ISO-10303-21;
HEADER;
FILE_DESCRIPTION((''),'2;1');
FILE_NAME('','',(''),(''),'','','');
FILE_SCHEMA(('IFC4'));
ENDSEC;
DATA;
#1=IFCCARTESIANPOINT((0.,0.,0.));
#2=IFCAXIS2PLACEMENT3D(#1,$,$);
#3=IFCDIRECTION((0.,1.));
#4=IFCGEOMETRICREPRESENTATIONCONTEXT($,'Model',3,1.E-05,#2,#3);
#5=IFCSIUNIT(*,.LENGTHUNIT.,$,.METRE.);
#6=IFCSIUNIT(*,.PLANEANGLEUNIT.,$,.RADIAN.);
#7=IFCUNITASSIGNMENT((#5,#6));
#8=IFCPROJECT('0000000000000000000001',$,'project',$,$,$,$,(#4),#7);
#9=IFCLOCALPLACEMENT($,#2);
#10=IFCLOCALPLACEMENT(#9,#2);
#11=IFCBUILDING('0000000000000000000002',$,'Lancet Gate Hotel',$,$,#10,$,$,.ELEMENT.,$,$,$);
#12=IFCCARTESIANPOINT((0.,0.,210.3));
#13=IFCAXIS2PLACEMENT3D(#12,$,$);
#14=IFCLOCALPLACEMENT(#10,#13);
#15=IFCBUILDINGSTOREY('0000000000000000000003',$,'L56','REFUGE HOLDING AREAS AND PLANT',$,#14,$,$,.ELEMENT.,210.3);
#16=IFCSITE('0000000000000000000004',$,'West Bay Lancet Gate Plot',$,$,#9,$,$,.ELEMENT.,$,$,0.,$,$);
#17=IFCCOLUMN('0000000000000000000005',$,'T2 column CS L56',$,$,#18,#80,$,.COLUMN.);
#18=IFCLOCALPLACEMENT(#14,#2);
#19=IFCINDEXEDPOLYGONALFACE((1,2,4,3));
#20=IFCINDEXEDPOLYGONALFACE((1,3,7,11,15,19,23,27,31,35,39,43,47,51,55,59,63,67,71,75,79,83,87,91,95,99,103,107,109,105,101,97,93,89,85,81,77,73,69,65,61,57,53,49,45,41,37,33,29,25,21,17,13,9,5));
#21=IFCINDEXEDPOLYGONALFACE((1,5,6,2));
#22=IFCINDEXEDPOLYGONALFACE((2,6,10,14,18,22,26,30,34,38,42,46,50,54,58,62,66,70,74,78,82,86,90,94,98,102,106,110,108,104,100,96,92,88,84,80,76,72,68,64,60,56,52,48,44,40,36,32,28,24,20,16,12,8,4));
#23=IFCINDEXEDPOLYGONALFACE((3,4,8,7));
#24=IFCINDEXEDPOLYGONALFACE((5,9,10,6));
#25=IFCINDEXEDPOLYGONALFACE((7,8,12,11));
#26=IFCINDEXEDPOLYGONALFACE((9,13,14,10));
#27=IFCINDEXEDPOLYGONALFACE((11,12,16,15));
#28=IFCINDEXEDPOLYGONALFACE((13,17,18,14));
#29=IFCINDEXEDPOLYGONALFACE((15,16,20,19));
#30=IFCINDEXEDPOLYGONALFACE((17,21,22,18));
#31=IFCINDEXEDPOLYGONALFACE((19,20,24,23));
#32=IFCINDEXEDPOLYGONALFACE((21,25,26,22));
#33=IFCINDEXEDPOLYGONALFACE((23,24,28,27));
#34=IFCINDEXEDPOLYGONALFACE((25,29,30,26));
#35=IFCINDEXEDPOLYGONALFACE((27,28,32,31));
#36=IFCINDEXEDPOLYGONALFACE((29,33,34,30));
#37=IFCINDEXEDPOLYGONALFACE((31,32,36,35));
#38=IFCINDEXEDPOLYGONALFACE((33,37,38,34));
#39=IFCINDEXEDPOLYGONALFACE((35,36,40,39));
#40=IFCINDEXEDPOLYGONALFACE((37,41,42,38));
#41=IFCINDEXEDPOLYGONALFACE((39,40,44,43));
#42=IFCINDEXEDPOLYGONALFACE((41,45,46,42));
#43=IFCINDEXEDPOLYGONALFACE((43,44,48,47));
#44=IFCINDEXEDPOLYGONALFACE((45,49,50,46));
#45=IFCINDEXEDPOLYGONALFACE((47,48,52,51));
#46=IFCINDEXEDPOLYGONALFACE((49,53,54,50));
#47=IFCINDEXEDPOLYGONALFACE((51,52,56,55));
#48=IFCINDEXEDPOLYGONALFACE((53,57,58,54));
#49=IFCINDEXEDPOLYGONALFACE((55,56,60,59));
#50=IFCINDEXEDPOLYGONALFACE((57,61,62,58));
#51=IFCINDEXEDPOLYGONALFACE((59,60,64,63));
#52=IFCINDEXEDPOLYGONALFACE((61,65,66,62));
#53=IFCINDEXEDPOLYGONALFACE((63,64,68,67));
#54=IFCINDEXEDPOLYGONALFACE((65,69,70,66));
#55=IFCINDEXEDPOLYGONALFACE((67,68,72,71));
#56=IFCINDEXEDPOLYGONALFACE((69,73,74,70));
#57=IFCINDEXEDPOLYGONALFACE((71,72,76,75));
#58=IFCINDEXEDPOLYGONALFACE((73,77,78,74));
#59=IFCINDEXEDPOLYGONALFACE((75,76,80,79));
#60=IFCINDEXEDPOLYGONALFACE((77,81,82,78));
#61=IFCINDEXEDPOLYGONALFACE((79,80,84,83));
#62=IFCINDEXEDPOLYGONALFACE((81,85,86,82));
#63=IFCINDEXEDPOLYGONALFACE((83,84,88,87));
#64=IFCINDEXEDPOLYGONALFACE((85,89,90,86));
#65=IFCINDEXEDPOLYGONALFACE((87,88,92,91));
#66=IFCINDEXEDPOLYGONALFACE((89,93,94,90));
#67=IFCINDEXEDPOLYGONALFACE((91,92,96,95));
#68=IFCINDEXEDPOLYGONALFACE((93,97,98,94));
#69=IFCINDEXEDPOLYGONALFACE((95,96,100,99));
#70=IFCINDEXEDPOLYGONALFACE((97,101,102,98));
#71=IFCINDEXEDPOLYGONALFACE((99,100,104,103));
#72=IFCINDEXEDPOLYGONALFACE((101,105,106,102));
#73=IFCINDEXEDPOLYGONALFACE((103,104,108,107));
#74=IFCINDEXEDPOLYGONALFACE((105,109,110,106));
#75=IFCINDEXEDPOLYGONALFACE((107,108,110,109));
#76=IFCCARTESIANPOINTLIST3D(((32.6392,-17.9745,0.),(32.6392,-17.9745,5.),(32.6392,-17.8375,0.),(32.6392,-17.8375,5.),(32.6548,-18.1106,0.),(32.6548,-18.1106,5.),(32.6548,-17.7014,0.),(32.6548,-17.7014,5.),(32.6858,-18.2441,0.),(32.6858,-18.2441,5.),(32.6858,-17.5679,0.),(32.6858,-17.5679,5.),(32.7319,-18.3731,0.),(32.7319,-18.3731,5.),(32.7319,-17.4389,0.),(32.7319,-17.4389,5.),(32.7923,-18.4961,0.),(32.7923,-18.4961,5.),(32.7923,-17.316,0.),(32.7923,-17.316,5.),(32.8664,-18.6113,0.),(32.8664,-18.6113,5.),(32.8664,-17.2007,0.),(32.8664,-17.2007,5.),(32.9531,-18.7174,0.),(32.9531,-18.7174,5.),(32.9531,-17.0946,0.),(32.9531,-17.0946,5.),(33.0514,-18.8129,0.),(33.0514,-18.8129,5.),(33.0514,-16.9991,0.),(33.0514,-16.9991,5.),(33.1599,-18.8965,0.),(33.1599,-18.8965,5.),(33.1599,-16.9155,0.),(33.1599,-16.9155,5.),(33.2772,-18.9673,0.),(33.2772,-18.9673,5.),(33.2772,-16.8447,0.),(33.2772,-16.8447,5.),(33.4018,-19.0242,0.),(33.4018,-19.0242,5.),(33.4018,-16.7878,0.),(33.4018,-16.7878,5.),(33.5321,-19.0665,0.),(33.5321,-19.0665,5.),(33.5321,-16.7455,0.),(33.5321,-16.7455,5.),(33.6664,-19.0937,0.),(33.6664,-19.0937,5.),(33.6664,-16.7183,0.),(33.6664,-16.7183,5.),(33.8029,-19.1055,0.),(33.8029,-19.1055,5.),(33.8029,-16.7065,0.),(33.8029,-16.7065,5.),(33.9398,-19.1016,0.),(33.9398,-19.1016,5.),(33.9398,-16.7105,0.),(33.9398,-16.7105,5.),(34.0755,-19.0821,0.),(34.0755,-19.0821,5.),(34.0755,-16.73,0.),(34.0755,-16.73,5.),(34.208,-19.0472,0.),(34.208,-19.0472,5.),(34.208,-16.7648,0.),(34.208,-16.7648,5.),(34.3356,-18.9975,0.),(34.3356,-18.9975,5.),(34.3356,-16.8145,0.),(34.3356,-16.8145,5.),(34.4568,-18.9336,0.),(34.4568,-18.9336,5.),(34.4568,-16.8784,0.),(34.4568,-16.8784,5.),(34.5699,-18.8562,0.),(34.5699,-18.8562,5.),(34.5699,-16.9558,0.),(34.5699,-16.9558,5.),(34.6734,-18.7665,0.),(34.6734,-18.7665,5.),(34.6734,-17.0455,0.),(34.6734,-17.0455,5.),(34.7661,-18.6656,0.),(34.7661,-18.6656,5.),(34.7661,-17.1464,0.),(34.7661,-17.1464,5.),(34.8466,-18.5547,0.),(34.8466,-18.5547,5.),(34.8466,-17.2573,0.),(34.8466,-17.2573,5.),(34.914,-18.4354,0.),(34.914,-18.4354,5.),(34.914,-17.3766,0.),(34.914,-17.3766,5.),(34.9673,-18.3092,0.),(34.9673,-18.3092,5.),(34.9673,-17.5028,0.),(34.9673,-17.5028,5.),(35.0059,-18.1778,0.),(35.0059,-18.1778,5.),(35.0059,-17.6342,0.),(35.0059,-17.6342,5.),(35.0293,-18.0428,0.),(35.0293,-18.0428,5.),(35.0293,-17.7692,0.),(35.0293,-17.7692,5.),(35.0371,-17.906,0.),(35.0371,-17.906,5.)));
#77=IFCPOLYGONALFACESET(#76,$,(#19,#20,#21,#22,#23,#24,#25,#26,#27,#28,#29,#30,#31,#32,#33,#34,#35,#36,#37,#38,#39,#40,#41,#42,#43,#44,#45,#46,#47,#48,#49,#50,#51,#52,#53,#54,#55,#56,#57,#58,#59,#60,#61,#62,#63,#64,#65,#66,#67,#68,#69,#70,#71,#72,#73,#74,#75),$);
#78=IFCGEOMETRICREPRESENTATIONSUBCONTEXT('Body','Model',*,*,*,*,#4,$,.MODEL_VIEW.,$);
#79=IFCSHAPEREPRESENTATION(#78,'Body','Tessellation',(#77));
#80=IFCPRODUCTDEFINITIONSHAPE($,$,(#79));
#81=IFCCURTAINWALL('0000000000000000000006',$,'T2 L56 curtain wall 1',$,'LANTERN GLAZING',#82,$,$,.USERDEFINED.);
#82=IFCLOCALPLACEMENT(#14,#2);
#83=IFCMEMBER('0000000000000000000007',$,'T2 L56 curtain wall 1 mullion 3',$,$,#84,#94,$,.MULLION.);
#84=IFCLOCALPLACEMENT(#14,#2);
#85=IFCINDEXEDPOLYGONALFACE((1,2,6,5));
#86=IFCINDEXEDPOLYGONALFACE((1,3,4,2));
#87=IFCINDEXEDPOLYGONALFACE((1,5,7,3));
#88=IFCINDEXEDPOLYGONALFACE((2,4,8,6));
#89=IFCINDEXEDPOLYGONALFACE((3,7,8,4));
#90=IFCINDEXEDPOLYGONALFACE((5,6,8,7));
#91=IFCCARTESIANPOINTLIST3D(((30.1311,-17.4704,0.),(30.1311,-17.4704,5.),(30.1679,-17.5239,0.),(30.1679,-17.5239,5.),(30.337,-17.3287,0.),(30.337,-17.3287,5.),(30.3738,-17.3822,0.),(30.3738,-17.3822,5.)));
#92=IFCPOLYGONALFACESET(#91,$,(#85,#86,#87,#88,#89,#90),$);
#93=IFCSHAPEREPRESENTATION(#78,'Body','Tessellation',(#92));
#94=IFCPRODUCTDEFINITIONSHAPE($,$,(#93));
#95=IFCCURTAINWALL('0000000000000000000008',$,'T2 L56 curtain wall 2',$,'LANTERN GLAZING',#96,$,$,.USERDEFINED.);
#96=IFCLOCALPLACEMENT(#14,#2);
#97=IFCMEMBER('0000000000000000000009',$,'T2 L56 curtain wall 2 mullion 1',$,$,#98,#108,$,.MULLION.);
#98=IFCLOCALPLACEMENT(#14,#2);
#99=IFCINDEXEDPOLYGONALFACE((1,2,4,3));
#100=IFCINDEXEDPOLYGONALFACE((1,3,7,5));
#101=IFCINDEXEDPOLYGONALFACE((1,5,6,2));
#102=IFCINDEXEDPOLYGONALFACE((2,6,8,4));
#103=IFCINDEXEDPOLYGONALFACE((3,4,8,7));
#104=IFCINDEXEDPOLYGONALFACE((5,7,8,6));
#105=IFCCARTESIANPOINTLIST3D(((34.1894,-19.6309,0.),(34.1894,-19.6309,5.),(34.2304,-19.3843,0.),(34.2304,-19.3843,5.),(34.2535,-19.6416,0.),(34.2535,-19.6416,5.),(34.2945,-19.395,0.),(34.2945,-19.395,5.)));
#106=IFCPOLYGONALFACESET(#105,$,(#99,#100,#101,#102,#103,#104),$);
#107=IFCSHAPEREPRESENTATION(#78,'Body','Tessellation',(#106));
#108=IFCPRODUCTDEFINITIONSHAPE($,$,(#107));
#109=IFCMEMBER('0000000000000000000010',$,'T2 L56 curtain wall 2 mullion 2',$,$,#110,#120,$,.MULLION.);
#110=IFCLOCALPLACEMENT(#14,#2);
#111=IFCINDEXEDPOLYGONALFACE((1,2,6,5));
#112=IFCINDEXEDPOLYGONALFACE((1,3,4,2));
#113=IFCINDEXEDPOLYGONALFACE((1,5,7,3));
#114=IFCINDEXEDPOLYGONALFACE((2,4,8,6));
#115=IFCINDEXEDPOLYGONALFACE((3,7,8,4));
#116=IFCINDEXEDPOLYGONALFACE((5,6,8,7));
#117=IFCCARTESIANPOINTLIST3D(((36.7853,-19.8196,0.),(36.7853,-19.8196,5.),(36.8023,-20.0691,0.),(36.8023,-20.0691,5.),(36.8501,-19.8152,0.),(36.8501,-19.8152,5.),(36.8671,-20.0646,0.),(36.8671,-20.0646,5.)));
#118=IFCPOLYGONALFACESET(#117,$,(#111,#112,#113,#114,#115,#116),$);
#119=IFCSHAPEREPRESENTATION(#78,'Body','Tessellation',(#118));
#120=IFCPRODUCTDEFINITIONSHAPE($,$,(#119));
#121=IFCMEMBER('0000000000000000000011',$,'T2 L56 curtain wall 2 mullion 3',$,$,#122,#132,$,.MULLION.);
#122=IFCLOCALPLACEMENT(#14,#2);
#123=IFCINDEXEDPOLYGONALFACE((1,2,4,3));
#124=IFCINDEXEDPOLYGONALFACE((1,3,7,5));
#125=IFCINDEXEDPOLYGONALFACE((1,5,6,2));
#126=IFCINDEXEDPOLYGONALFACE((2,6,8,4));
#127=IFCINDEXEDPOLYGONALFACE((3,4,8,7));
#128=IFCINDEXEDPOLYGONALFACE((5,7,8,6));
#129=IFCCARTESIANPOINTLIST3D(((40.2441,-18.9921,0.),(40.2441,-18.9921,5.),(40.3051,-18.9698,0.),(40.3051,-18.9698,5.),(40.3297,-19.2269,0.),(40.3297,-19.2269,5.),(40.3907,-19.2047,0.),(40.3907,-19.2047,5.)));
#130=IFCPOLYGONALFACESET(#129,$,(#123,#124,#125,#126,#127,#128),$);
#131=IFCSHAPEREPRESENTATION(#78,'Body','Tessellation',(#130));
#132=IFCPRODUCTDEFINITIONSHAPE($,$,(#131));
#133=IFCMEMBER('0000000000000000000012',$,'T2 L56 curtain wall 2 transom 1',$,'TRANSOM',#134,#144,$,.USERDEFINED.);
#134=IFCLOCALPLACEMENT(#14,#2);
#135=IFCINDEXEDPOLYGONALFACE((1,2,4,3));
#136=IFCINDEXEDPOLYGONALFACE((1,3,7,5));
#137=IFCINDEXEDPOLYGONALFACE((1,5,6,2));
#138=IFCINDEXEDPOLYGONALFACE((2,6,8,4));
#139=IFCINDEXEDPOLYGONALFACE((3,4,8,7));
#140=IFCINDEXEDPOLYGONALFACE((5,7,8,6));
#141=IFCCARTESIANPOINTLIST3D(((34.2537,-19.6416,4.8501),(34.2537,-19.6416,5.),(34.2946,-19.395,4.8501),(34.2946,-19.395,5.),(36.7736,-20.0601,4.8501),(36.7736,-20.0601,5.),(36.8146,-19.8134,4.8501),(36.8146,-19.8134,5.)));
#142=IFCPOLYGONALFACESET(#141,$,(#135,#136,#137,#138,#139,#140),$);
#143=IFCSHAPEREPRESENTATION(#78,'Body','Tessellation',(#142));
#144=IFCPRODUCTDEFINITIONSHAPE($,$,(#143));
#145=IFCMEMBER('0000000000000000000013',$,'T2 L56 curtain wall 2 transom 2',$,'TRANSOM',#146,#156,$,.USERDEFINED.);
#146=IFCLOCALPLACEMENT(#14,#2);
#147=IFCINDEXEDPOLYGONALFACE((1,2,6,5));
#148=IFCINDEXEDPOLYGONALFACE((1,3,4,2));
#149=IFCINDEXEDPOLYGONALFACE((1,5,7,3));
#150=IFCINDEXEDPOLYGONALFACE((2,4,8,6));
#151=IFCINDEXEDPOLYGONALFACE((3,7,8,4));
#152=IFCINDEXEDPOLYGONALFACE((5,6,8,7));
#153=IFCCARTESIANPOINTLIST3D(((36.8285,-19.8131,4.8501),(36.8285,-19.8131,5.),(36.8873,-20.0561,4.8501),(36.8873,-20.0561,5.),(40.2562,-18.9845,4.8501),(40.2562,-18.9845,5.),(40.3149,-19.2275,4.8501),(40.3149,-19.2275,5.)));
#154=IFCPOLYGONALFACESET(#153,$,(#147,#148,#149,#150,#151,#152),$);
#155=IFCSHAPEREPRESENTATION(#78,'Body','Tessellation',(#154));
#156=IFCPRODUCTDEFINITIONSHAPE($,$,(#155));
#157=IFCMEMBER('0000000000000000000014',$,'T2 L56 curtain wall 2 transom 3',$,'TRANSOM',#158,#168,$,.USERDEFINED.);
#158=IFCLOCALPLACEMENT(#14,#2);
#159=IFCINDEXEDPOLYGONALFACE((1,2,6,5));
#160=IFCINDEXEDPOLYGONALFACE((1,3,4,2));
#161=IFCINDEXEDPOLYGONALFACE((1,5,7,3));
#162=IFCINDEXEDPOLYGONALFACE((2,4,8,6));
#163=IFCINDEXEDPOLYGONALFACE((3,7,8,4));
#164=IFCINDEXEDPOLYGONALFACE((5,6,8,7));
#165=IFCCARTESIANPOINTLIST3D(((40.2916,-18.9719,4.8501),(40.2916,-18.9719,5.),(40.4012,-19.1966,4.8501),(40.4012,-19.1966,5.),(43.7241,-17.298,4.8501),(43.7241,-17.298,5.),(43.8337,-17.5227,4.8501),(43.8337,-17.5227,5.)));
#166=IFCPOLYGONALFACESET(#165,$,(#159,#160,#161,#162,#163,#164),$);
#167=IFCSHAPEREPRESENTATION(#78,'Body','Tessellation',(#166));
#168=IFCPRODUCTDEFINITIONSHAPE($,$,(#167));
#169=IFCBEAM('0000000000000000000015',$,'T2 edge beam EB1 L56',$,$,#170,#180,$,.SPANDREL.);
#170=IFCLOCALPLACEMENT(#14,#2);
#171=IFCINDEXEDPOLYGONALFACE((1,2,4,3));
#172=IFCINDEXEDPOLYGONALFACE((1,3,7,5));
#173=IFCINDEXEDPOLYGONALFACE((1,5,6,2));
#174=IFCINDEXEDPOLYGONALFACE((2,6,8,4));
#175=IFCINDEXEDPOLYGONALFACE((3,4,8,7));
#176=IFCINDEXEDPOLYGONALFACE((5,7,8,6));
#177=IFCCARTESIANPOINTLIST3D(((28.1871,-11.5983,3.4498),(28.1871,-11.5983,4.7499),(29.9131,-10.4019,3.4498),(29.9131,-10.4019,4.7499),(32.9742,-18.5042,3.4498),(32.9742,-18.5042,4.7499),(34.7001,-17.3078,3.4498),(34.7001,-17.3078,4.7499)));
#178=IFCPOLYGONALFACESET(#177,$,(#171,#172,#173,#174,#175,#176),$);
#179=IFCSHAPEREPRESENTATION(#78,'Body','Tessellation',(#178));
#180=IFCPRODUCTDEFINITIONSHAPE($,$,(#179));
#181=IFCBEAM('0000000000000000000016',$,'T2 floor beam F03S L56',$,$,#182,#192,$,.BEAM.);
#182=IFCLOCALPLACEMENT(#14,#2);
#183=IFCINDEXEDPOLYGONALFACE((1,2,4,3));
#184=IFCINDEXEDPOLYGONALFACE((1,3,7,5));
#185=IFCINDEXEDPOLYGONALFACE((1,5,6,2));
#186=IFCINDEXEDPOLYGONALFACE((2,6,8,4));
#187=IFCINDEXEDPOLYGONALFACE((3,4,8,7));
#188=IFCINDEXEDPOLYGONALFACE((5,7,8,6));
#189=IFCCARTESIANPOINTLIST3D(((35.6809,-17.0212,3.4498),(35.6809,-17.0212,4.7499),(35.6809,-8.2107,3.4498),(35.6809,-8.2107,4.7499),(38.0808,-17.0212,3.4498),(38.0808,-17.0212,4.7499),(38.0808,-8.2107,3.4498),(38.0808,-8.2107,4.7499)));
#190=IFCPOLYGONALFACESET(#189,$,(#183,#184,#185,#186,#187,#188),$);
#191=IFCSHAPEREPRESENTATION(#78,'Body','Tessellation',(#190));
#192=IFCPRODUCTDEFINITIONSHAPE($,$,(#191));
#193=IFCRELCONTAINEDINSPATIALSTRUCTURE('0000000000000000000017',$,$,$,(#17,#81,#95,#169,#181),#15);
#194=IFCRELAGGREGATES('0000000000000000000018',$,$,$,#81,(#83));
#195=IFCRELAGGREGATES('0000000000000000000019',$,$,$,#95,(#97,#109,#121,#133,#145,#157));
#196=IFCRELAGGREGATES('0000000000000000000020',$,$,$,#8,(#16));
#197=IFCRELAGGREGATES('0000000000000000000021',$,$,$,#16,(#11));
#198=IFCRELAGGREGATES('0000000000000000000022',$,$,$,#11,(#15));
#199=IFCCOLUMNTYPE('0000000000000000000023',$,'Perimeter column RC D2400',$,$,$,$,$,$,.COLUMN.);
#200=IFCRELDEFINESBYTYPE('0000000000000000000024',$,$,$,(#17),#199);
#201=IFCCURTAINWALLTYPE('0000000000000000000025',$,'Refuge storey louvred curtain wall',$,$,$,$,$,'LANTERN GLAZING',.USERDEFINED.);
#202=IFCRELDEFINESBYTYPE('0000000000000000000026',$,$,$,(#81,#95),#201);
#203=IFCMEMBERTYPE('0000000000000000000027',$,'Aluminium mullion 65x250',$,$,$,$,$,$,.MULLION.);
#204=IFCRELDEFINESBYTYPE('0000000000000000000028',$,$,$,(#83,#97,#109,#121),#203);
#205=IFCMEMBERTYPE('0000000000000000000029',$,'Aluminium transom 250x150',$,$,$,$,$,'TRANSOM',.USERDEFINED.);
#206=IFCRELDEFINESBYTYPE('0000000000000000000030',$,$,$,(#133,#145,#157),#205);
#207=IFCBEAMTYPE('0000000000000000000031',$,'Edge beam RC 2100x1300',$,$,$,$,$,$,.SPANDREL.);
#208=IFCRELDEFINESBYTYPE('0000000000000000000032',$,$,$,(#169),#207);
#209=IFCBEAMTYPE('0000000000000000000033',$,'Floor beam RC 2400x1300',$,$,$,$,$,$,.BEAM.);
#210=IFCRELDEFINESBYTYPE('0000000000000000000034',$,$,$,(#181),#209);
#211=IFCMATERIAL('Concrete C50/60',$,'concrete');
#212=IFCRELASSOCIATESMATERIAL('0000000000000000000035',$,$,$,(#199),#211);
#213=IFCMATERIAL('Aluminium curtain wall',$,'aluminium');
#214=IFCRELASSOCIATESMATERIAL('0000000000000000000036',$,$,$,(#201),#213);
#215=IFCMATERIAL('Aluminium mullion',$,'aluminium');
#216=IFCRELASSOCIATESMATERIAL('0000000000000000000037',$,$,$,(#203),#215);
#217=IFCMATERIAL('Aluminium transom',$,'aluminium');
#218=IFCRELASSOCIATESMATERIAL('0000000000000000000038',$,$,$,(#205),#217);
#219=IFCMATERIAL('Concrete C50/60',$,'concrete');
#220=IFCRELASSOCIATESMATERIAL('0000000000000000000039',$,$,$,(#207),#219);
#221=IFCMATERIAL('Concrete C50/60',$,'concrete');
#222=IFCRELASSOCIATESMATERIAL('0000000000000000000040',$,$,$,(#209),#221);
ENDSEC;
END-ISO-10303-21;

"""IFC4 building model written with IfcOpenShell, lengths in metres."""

from ifc_helpers import new_model, si_unit, direction, frame, origin, origin_2d, place, context, subcontext, project, spatial, rectangle, circle, extrude, material, material_profile, profile_set, type_object, element, aggregate, save


model = new_model("IFC4")

# Units and contexts
model_context = context("Model", 3, precision=1e-05, world=origin(), true_north=direction((0.0, 1.0)))
body_context = subcontext(model_context, "Body", "Model", "MODEL_VIEW")
ifc_project = project(units=[si_unit("LENGTHUNIT", "METRE"), si_unit("PLANEANGLEUNIT", "RADIAN")], contexts=[model_context])

# Site, building, storey
site_placement = place(None, origin())
site = spatial("IfcSite", under=ifc_project, at=site_placement, Name="West Bay Lancet Gate Plot", CompositionType="ELEMENT", RefElevation=0.0)
building_placement = place(site_placement, origin())
building = spatial("IfcBuilding", under=site, at=building_placement, Name="Lancet Gate Hotel", CompositionType="ELEMENT")
storey_placement = place(building_placement, frame((0.0, 0.0, 210.3)))
storey = spatial("IfcBuildingStorey", under=building, at=storey_placement, Name="L56", Description="REFUGE HOLDING AREAS AND PLANT", CompositionType="ELEMENT", Elevation=210.3)

# Column
ifc_material_1 = material(Name="Concrete C50/60", Category="concrete")
ifc_material_profile_1 = material_profile(ifc_material_1, circle(Radius=1.2, at=origin_2d()), Name="RC D2400")
ifc_profile_set_1 = profile_set([ifc_material_profile_1], Name="Concrete C50/60")
column_type = type_object("IfcColumnType", Name="Perimeter column RC D2400", PredefinedType="COLUMN", material=ifc_profile_set_1)
column_placement = place(storey_placement, frame((33.8372, -17.906, 0.0), z_axis=(0.0, 0.0, 1.0), x_axis=(1.0, 0.0, 0.0)))
element("IfcColumn", 1, at=column_placement, inside=storey, type_object=column_type, Name="T2 column CS L56", PredefinedType="COLUMN", context=body_context, shape_type="SweptSolid", body=[
    extrude(circle(Radius=1.2, at=origin_2d()), origin(), (0.0, 0.0, 1.0), 5.0),
])

# Curtain wall, member
ifc_material_2 = material(Name="Aluminium curtain wall", Category="aluminium")
curtain_wall_type = type_object("IfcCurtainWallType", Name="Refuge storey louvred curtain wall", ElementType="LANTERN GLAZING", PredefinedType="USERDEFINED", material=ifc_material_2)
curtain_wall_1_placement = place(storey_placement, origin())
curtain_wall_1 = element("IfcCurtainWall", 2, at=curtain_wall_1_placement, inside=storey, type_object=curtain_wall_type, Name="T2 L56 curtain wall 1", ObjectType="LANTERN GLAZING", PredefinedType="USERDEFINED")
ifc_material_3 = material(Name="Aluminium mullion", Category="aluminium")
ifc_material_profile_2 = material_profile(ifc_material_3, rectangle(XDim=0.0649, YDim=0.25, at=origin_2d()), Name="MULLION 65x250")
ifc_profile_set_2 = profile_set([ifc_material_profile_2], Name="Aluminium mullion")
member_type_1 = type_object("IfcMemberType", Name="Aluminium mullion 65x250", PredefinedType="MULLION", material=ifc_profile_set_2)
member_1_placement = place(storey_placement, frame((30.2524, -17.4263, 0.0), z_axis=(0.0, 0.0, 1.0), x_axis=(0.566824, -0.823839, 0.0)))
member_1 = element("IfcMember", 3, at=member_1_placement, type_object=member_type_1, Name="T2 L56 curtain wall 1 mullion 3", PredefinedType="MULLION", context=body_context, shape_type="SweptSolid", body=[
    extrude(rectangle(XDim=0.0649, YDim=0.25, at=origin_2d()), origin(), (0.0, 0.0, 1.0), 5.0),
])
aggregate(curtain_wall_1, [member_1])

# Curtain wall, members
curtain_wall_2_placement = place(storey_placement, origin())
curtain_wall_2 = element("IfcCurtainWall", 4, at=curtain_wall_2_placement, inside=storey, type_object=curtain_wall_type, Name="T2 L56 curtain wall 2", ObjectType="LANTERN GLAZING", PredefinedType="USERDEFINED")
member_2_placement = place(storey_placement, frame((34.2419, -19.5129, 0.0), z_axis=(0.0, 0.0, 1.0), x_axis=(0.98648, -0.163881, 0.0)))
member_2 = element("IfcMember", 5, at=member_2_placement, type_object=member_type_1, Name="T2 L56 curtain wall 2 mullion 1", PredefinedType="MULLION", context=body_context, shape_type="SweptSolid", body=[
    extrude(rectangle(XDim=0.0649, YDim=0.25, at=origin_2d()), origin(), (0.0, 0.0, 1.0), 5.0),
])
member_3_placement = place(storey_placement, frame((36.8262, -19.9421, 0.0), z_axis=(0.0, 0.0, 1.0), x_axis=(0.997681, 0.068059, 0.0)))
member_3 = element("IfcMember", 6, at=member_3_placement, type_object=member_type_1, Name="T2 L56 curtain wall 2 mullion 2", PredefinedType="MULLION", context=body_context, shape_type="SweptSolid", body=[
    extrude(rectangle(XDim=0.0649, YDim=0.25, at=origin_2d()), origin(), (0.0, 0.0, 1.0), 5.0),
])
member_4_placement = place(storey_placement, frame((40.3174, -19.0984, 0.0), z_axis=(0.0, 0.0, 1.0), x_axis=(0.939484, 0.342593, 0.0)))
member_4 = element("IfcMember", 7, at=member_4_placement, type_object=member_type_1, Name="T2 L56 curtain wall 2 mullion 3", PredefinedType="MULLION", context=body_context, shape_type="SweptSolid", body=[
    extrude(rectangle(XDim=0.0649, YDim=0.25, at=origin_2d()), origin(), (0.0, 0.0, 1.0), 5.0),
])
ifc_material_4 = material(Name="Aluminium transom", Category="aluminium")
ifc_material_profile_3 = material_profile(ifc_material_4, rectangle(XDim=0.25, YDim=0.1499, at=origin_2d()), Name="TRANSOM 250x150")
ifc_profile_set_3 = profile_set([ifc_material_profile_3], Name="Aluminium transom")
member_type_2 = type_object("IfcMemberType", Name="Aluminium transom 250x150", ElementType="TRANSOM", PredefinedType="USERDEFINED", material=ifc_profile_set_3)
member_5_placement = place(storey_placement, frame((34.2742, -19.5183, 4.925), z_axis=(0.986492, -0.16381, 0.0), x_axis=(0.16381, 0.986492, 0.0)))
member_5 = element("IfcMember", 8, at=member_5_placement, type_object=member_type_2, Name="T2 L56 curtain wall 2 transom 1", ObjectType="TRANSOM", PredefinedType="USERDEFINED", context=body_context, shape_type="SweptSolid", body=[
    extrude(rectangle(XDim=0.25, YDim=0.1499, at=origin_2d()), origin(), (0.0, 0.0, 1.0), 2.5544),
])
member_6_placement = place(storey_placement, frame((36.8579, -19.9346, 4.925), z_axis=(0.972003, 0.23497, 0.0), x_axis=(-0.23497, 0.972003, 0.0)))
member_6 = element("IfcMember", 9, at=member_6_placement, type_object=member_type_2, Name="T2 L56 curtain wall 2 transom 2", ObjectType="TRANSOM", PredefinedType="USERDEFINED", context=body_context, shape_type="SweptSolid", body=[
    extrude(rectangle(XDim=0.25, YDim=0.1499, at=origin_2d()), origin(), (0.0, 0.0, 1.0), 3.5264),
])
member_7_placement = place(storey_placement, frame((40.3464, -19.0842, 4.925), z_axis=(0.89882, 0.438318, 0.0), x_axis=(-0.438318, 0.89882, 0.0)))
member_7 = element("IfcMember", 10, at=member_7_placement, type_object=member_type_2, Name="T2 L56 curtain wall 2 transom 3", ObjectType="TRANSOM", PredefinedType="USERDEFINED", context=body_context, shape_type="SweptSolid", body=[
    extrude(rectangle(XDim=0.25, YDim=0.1499, at=origin_2d()), origin(), (0.0, 0.0, 1.0), 3.8188),
])

# Beams
ifc_material_5 = material(Name="Concrete C50/60", Category="concrete")
ifc_material_profile_4 = material_profile(ifc_material_5, rectangle(XDim=2.1001, YDim=1.3, at=origin_2d()), Name="RC 2100x1300")
ifc_profile_set_4 = profile_set([ifc_material_profile_4], Name="Concrete C50/60")
beam_type_1 = type_object("IfcBeamType", Name="Edge beam RC 2100x1300", PredefinedType="SPANDREL", material=ifc_profile_set_4)
beam_1_placement = place(storey_placement, frame((33.8372, -17.906, 4.0999), z_axis=(-0.569695, 0.821856, 0.0), x_axis=(-0.821856, -0.569695, 0.0)))
element("IfcBeam", 11, at=beam_1_placement, inside=storey, type_object=beam_type_1, Name="T2 edge beam EB1 L56", PredefinedType="SPANDREL", context=body_context, shape_type="SweptSolid", body=[
    extrude(rectangle(XDim=2.1001, YDim=1.3, at=origin_2d()), origin(), (0.0, 0.0, 1.0), 8.4028),
])
ifc_material_6 = material(Name="Concrete C50/60", Category="concrete")
ifc_material_profile_5 = material_profile(ifc_material_6, rectangle(XDim=2.3999, YDim=1.3, at=origin_2d()), Name="RC 2400x1300")
ifc_profile_set_5 = profile_set([ifc_material_profile_5], Name="Concrete C50/60")
beam_type_2 = type_object("IfcBeamType", Name="Floor beam RC 2400x1300", PredefinedType="BEAM", material=ifc_profile_set_5)
beam_2_placement = place(storey_placement, frame((36.8809, -17.0212, 4.0999), z_axis=(0.0, 1.0, 0.0), x_axis=(-1.0, 0.0, 0.0)))
element("IfcBeam", 12, at=beam_2_placement, inside=storey, type_object=beam_type_2, Name="T2 floor beam F03S L56", PredefinedType="BEAM", context=body_context, shape_type="SweptSolid", body=[
    extrude(rectangle(XDim=2.3999, YDim=1.3, at=origin_2d()), origin(), (0.0, 0.0, 1.0), 8.8105),
])

aggregate(curtain_wall_2, [member_2, member_3, member_4, member_5, member_6, member_7])

save(model, "model.ifc")
